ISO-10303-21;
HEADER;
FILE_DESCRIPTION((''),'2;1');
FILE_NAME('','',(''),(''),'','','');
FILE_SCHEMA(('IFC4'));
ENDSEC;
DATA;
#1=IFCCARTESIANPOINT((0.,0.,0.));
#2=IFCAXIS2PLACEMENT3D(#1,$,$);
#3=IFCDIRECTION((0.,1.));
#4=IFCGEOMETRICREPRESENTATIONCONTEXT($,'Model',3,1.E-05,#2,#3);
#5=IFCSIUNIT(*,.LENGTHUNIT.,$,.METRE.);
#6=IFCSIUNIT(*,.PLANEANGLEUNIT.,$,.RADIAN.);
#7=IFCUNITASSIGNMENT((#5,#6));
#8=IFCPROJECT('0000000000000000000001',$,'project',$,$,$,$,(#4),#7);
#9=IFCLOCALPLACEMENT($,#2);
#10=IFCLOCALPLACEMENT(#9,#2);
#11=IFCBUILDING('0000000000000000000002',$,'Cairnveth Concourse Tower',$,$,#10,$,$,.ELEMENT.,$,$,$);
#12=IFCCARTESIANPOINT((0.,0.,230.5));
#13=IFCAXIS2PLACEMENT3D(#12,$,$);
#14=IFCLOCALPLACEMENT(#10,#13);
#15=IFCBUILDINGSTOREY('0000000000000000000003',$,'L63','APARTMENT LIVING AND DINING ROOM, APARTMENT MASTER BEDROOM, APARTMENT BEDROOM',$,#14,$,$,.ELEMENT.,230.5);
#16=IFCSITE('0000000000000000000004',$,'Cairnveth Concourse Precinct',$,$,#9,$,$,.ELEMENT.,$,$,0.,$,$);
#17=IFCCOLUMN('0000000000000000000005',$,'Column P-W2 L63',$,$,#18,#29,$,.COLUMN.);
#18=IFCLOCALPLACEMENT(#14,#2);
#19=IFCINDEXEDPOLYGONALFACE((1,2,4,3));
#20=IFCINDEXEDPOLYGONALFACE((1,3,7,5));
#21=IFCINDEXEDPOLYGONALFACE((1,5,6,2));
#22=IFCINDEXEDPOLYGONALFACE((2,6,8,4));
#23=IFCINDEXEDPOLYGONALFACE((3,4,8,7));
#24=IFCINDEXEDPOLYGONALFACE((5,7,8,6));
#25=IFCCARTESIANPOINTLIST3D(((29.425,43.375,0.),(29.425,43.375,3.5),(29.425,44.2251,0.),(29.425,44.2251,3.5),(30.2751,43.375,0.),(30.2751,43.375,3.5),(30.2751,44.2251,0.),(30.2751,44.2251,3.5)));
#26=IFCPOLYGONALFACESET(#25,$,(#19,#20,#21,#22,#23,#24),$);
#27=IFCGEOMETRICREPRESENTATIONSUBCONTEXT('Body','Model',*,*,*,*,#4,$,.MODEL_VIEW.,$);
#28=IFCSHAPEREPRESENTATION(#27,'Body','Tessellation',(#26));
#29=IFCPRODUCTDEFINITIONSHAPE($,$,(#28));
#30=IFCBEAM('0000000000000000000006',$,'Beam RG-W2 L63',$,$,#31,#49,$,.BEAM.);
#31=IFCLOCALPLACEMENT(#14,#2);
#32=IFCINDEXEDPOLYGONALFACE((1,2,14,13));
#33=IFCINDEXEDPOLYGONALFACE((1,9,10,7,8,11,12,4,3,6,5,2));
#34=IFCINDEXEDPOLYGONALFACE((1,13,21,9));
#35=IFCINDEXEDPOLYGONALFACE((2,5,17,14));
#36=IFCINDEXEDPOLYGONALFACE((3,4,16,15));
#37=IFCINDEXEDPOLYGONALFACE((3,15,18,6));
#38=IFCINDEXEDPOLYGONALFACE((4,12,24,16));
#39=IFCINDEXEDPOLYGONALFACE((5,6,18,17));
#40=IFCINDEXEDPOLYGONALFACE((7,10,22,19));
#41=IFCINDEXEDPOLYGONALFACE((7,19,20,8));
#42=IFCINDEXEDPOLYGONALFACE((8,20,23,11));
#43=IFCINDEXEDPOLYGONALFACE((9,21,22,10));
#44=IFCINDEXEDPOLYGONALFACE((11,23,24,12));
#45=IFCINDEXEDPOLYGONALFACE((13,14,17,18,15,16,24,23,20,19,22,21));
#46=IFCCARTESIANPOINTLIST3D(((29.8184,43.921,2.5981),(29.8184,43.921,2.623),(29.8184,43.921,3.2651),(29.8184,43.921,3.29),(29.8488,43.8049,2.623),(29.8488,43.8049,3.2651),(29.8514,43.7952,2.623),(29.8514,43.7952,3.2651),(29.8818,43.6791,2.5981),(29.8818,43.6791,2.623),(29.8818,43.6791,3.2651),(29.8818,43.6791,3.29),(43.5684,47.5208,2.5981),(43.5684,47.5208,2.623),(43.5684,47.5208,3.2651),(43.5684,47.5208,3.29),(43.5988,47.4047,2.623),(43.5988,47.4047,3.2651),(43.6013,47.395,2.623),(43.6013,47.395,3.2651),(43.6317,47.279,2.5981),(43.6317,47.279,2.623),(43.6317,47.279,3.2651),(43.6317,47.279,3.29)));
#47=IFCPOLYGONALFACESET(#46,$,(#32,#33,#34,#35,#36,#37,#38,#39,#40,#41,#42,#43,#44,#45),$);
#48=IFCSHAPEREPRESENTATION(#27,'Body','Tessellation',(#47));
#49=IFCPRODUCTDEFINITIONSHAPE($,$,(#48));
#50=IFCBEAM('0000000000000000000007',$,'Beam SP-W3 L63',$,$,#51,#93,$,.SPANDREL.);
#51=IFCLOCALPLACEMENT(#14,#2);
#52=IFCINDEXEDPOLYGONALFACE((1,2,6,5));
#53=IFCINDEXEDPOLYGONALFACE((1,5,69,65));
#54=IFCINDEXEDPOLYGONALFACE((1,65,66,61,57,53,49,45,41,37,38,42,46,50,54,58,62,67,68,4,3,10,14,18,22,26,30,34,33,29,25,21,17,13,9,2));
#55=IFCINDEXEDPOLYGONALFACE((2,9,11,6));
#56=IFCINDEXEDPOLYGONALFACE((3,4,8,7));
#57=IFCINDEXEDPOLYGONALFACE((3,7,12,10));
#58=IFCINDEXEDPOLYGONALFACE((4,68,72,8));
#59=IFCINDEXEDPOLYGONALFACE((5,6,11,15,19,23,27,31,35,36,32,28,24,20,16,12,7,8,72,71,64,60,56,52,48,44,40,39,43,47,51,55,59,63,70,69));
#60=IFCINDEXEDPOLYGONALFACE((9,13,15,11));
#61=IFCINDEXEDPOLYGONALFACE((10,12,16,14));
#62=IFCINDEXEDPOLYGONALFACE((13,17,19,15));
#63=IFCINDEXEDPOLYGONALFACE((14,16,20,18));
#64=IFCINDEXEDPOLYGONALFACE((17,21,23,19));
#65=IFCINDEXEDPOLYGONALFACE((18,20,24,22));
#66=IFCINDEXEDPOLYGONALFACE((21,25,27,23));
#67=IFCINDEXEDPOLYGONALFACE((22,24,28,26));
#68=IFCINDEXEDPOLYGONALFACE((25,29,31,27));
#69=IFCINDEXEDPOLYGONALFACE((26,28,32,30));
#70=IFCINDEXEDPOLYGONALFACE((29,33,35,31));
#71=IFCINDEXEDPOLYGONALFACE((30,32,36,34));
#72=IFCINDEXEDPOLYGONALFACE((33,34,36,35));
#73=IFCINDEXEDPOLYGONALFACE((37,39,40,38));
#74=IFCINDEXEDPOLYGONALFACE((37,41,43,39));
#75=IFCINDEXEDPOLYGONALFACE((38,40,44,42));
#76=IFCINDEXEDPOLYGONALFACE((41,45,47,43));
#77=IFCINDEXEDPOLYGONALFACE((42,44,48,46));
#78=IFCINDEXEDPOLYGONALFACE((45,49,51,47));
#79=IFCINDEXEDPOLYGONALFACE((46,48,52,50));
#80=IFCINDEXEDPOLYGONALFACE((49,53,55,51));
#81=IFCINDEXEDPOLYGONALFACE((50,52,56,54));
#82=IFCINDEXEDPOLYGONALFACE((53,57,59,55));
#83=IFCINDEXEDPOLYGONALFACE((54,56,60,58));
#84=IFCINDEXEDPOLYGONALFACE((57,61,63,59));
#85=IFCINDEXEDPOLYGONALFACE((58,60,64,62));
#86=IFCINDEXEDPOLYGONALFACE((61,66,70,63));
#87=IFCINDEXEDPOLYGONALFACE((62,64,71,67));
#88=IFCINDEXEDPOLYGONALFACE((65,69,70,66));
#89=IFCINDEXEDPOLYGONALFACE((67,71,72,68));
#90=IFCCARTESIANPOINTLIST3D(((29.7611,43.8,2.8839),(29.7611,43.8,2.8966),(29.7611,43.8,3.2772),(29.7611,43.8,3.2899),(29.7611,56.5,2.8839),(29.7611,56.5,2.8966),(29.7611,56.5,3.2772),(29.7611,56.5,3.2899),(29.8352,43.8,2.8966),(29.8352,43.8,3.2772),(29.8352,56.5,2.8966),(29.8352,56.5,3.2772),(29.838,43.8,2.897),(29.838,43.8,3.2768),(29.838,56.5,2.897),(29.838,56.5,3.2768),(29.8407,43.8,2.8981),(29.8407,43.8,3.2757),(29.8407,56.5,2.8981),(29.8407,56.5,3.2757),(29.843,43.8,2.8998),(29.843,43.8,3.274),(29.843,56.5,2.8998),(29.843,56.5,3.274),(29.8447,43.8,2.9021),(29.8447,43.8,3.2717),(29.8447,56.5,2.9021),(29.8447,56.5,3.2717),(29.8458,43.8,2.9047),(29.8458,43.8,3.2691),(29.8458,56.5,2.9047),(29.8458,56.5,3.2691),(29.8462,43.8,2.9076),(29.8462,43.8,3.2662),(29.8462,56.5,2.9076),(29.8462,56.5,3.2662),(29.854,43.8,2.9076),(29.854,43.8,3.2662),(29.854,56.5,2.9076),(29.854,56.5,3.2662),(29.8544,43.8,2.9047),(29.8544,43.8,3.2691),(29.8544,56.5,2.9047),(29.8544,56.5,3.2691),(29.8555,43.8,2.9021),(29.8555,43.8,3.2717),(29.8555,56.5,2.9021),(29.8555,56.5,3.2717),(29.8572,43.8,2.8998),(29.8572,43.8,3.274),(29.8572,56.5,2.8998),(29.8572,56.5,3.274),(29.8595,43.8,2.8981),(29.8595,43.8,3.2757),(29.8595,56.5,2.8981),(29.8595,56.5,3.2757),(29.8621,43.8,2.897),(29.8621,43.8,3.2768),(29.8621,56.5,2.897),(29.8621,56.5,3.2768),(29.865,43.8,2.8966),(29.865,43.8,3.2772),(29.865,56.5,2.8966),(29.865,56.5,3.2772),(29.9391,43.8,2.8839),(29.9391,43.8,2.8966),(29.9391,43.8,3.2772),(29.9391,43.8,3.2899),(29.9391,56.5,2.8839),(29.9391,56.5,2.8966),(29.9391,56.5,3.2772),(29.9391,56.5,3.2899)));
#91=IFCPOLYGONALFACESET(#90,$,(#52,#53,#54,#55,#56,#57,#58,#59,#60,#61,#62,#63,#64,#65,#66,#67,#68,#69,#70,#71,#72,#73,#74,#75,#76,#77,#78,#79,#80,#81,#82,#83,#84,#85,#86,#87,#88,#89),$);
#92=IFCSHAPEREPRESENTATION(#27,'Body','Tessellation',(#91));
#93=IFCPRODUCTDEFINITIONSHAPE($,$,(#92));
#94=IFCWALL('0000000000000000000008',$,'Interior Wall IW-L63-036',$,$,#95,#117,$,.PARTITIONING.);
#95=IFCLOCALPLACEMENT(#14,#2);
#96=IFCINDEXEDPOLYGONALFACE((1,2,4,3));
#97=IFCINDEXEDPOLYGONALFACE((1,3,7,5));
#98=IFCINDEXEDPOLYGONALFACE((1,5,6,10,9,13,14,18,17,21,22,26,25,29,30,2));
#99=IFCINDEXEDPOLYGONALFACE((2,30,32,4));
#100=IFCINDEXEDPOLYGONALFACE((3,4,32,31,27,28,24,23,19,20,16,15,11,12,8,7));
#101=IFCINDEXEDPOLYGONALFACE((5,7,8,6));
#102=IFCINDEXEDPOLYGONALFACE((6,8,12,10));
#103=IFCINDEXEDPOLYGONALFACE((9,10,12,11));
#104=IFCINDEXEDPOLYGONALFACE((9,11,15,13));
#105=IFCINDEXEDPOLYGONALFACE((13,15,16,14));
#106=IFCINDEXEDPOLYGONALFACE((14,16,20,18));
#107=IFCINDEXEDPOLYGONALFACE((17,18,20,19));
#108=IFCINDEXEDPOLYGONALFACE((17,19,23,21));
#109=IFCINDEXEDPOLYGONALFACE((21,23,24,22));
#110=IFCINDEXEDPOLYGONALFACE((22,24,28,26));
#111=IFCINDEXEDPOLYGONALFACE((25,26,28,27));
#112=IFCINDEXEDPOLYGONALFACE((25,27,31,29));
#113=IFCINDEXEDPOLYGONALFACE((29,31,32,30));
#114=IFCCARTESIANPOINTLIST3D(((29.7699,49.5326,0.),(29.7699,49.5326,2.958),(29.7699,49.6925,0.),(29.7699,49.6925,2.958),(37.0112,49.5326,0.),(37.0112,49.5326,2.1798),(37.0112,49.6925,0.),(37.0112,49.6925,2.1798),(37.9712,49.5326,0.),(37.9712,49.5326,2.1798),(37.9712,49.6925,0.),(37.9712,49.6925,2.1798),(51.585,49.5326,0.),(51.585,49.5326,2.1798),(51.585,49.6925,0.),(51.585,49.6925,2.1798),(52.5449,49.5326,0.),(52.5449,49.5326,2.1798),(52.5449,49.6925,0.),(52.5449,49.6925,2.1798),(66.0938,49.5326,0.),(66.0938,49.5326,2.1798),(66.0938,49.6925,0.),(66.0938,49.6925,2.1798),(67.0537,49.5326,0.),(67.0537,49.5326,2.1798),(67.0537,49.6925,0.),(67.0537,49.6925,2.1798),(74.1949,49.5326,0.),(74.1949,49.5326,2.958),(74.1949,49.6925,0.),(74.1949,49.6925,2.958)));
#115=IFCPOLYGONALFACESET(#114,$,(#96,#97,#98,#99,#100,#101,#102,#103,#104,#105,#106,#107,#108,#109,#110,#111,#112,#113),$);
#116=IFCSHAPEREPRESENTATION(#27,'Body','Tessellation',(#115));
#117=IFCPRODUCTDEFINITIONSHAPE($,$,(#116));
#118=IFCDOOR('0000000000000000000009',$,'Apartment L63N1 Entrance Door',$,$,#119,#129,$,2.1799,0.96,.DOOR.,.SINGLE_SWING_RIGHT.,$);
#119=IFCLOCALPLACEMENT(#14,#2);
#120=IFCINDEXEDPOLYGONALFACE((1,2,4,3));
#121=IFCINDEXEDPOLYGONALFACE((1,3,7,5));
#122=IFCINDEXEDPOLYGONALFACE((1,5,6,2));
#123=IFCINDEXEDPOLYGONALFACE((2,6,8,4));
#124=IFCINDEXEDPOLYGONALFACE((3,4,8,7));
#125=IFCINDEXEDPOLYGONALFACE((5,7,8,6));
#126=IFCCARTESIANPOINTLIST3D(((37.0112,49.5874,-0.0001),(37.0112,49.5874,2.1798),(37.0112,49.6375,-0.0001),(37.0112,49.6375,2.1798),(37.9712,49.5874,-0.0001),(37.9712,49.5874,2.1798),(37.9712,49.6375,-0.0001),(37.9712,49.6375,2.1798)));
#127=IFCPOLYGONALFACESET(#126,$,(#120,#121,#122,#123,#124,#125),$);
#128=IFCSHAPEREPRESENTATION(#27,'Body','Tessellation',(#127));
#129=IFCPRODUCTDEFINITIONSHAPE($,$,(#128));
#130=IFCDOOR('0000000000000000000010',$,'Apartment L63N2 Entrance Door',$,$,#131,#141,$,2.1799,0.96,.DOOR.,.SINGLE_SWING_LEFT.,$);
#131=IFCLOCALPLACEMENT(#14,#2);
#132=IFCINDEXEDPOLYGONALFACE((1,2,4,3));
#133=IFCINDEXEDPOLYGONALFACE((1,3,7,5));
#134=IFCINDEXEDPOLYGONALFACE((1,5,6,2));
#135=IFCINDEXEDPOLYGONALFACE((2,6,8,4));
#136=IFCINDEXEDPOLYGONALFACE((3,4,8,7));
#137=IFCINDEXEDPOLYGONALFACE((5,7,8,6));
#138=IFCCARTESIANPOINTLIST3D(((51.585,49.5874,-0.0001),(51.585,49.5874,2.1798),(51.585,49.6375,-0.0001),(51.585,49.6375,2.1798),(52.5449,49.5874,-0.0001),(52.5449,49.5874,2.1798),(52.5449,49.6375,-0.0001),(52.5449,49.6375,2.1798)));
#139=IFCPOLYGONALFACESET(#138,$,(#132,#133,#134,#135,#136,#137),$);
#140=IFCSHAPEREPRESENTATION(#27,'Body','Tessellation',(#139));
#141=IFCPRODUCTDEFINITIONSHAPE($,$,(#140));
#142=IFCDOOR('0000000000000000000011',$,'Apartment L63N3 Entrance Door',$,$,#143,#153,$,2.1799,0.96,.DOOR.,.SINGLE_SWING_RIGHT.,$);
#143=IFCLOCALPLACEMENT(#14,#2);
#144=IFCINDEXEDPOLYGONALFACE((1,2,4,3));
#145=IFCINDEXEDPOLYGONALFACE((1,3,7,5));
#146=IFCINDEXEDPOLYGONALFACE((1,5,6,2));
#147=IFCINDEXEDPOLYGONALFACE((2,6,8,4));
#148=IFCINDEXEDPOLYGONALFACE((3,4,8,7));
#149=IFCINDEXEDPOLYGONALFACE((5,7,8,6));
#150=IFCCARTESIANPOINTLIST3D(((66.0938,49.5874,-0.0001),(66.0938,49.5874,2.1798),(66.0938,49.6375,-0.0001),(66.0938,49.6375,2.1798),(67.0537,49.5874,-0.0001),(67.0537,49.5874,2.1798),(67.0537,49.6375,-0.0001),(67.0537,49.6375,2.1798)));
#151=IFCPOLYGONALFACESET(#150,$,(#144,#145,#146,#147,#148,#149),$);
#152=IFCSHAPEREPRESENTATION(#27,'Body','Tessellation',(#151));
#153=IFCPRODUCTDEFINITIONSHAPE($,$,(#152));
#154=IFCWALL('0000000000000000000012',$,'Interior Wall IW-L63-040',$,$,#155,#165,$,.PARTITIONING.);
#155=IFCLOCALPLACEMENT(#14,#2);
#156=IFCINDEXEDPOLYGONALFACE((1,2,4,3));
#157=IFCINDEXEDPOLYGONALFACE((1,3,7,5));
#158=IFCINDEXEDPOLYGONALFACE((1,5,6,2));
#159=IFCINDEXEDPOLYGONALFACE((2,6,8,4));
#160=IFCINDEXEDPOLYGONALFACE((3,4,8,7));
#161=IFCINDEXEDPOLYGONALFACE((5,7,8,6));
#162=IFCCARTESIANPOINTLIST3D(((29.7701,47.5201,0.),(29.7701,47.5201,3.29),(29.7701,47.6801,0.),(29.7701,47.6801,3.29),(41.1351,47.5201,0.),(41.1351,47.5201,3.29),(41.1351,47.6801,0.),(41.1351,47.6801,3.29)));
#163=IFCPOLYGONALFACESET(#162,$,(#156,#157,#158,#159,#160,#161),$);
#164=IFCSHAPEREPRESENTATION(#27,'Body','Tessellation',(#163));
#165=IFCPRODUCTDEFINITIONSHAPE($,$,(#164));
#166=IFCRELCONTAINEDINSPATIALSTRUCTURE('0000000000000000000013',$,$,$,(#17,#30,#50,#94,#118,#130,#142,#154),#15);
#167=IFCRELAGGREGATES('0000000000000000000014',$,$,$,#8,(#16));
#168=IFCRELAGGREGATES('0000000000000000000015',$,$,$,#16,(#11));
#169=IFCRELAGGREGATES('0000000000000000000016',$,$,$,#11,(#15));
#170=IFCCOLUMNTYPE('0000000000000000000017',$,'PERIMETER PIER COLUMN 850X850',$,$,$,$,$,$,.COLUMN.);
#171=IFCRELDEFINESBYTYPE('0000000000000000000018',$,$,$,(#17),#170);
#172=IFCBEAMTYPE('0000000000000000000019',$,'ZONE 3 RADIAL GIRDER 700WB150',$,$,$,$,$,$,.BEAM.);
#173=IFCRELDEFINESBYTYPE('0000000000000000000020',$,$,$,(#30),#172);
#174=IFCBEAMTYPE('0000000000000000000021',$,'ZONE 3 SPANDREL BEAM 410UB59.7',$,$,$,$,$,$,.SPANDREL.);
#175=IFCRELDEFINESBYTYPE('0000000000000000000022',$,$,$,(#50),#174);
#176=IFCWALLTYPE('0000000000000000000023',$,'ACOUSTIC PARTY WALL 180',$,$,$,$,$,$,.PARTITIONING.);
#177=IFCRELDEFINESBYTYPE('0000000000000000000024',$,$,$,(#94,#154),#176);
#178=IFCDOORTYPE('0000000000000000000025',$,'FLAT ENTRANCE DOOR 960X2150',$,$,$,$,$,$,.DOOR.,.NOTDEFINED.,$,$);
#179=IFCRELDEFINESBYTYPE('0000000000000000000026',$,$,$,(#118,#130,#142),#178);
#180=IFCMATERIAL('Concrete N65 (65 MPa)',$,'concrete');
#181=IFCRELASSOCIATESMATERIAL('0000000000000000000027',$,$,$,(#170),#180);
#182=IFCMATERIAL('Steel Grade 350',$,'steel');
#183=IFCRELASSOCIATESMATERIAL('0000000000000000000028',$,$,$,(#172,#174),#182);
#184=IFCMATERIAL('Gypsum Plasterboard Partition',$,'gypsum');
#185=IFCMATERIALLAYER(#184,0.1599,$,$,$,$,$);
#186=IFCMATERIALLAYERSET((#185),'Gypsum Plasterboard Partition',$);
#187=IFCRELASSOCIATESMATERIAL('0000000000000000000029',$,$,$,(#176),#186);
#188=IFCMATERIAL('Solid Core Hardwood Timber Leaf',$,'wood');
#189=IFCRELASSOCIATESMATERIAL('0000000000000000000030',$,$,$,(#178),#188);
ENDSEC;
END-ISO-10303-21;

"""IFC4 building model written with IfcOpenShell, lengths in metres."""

from ifc_helpers import new_model, si_unit, direction, frame, frame_2d, origin, origin_2d, place, context, subcontext, project, spatial, rectangle, i_section, extrude, material, layer, layer_set, material_profile, profile_set, type_object, element, fill, save


model = new_model("IFC4")

# Units and contexts
model_context = context("Model", 3, precision=1e-05, world=origin(), true_north=direction((0.0, 1.0)))
body_context = subcontext(model_context, "Body", "Model", "MODEL_VIEW")
ifc_project = project(units=[si_unit("LENGTHUNIT", "METRE"), si_unit("PLANEANGLEUNIT", "RADIAN")], contexts=[model_context])

# Site, building, storey
site_placement = place(None, origin())
site = spatial("IfcSite", under=ifc_project, at=site_placement, Name="Cairnveth Concourse Precinct", CompositionType="ELEMENT", RefElevation=0.0)
building_placement = place(site_placement, origin())
building = spatial("IfcBuilding", under=site, at=building_placement, Name="Cairnveth Concourse Tower", CompositionType="ELEMENT")
storey_placement = place(building_placement, frame((0.0, 0.0, 230.5)))
storey = spatial("IfcBuildingStorey", under=building, at=storey_placement, Name="L63", Description="APARTMENT LIVING AND DINING ROOM, APARTMENT MASTER BEDROOM, APARTMENT BEDROOM", CompositionType="ELEMENT", Elevation=230.5)

# Column
ifc_material_1 = material(Name="Concrete N65 (65 MPa)", Category="concrete")
ifc_material_profile_1 = material_profile(ifc_material_1, rectangle(XDim=0.8501, YDim=0.8501, at=origin_2d()), Name="RC-COL-850x850")
ifc_profile_set_1 = profile_set([ifc_material_profile_1], Name="Concrete N65 (65 MPa)")
column_type = type_object("IfcColumnType", Name="PERIMETER PIER COLUMN 850X850", PredefinedType="COLUMN", material=ifc_profile_set_1)
column_placement = place(storey_placement, frame((29.8501, 43.8, 0.0), z_axis=(0.0, 0.0, 1.0), x_axis=(0.0, 1.0, 0.0)))
element("IfcColumn", 1, at=column_placement, inside=storey, type_object=column_type, Name="Column P-W2 L63", PredefinedType="COLUMN", context=body_context, shape_type="SweptSolid", body=[
    extrude(rectangle(XDim=0.8501, YDim=0.8501, at=origin_2d()), origin(), (0.0, 0.0, 1.0), 3.5),
])

# Beams
ifc_material_2 = material(Name="Steel Grade 350", Category="steel")
ifc_material_profile_2 = material_profile(ifc_material_2, i_section(OverallWidth=0.25, OverallDepth=0.6919, WebThickness=0.01, FlangeThickness=0.0249, at=origin_2d()), Name="700WB150")
ifc_profile_set_2 = profile_set([ifc_material_profile_2], Name="Steel Grade 350")
beam_type_1 = type_object("IfcBeamType", Name="ZONE 3 RADIAL GIRDER 700WB150", PredefinedType="BEAM", material=ifc_profile_set_2)
beam_1_placement = place(storey_placement, frame((29.8501, 43.8, 2.9441), z_axis=(0.967395, 0.253271, 0.0), x_axis=(-0.253271, 0.967395, 0.0)))
element("IfcBeam", 2, at=beam_1_placement, inside=storey, type_object=beam_type_1, Name="Beam RG-W2 L63", PredefinedType="BEAM", context=body_context, shape_type="SweptSolid", body=[
    extrude(i_section(OverallWidth=0.25, OverallDepth=0.6919, WebThickness=0.01, FlangeThickness=0.0249, at=origin_2d()), origin(), (0.0, 0.0, 1.0), 14.2134),
])
ifc_material_profile_3 = material_profile(ifc_material_2, i_section(OverallWidth=0.178, OverallDepth=0.406, WebThickness=0.0078, FlangeThickness=0.0127, FilletRadius=0.011, at=origin_2d()), Name="410UB59.7")
ifc_profile_set_3 = profile_set([ifc_material_profile_3], Name="Steel Grade 350")
beam_type_2 = type_object("IfcBeamType", Name="ZONE 3 SPANDREL BEAM 410UB59.7", PredefinedType="SPANDREL", material=ifc_profile_set_3)
beam_2_placement = place(storey_placement, frame((29.8501, 43.8, 3.0869), z_axis=(0.0, 1.0, 0.0), x_axis=(-1.0, 0.0, 0.0)))
element("IfcBeam", 3, at=beam_2_placement, inside=storey, type_object=beam_type_2, Name="Beam SP-W3 L63", PredefinedType="SPANDREL", context=body_context, shape_type="SweptSolid", body=[
    extrude(i_section(OverallWidth=0.178, OverallDepth=0.406, WebThickness=0.0078, FlangeThickness=0.0127, FilletRadius=0.011, at=origin_2d()), origin(), (0.0, 0.0, 1.0), 12.7),
])

# Wall, openings, doors
ifc_material_3 = material(Name="Gypsum Plasterboard Partition", Category="gypsum")
ifc_layer_1 = layer(ifc_material_3, 0.1599)
ifc_layer_set_1 = layer_set([ifc_layer_1], Name="Gypsum Plasterboard Partition")
wall_type_1 = type_object("IfcWallType", Name="ACOUSTIC PARTY WALL 180", PredefinedType="PARTITIONING", material=ifc_layer_set_1)
wall_1_placement = place(storey_placement, frame((29.77, 49.6125, 0.0), z_axis=(0.0, 0.0, 1.0), x_axis=(1.0, 0.0, 0.0)))
wall_1 = element("IfcWall", 4, at=wall_1_placement, inside=storey, type_object=wall_type_1, Name="Interior Wall IW-L63-036", PredefinedType="PARTITIONING", context=body_context, shape_type="SweptSolid", body=[
    extrude(rectangle(XDim=44.425, YDim=0.1599, at=frame_2d((22.2124, 0.0))), origin(), (0.0, 0.0, 1.0), 2.958),
])
opening_1_placement = place(wall_1_placement, frame((7.2412, 0.0, 0.0)))
opening_1 = element("IfcOpeningElement", 5, at=opening_1_placement, cuts=wall_1, PredefinedType="OPENING", context=body_context, shape_type="SweptSolid", body=[
    extrude(rectangle(XDim=0.96, YDim=2.1799, at=frame_2d((0.48, 1.0898))), frame((0.0, 0.0898, 0.0), z_axis=(0.0, -1.0, 0.0), x_axis=(1.0, 0.0, 0.0)), (0.0, 0.0, 1.0), 0.1799),
])
opening_2_placement = place(wall_1_placement, frame((21.8149, 0.0, 0.0)))
opening_2 = element("IfcOpeningElement", 6, at=opening_2_placement, cuts=wall_1, PredefinedType="OPENING", context=body_context, shape_type="SweptSolid", body=[
    extrude(rectangle(XDim=0.96, YDim=2.1799, at=frame_2d((0.48, 1.0898))), frame((0.0, 0.0898, 0.0), z_axis=(0.0, -1.0, 0.0), x_axis=(1.0, 0.0, 0.0)), (0.0, 0.0, 1.0), 0.1799),
])
opening_3_placement = place(wall_1_placement, frame((36.3237, 0.0, 0.0)))
opening_3 = element("IfcOpeningElement", 7, at=opening_3_placement, cuts=wall_1, PredefinedType="OPENING", context=body_context, shape_type="SweptSolid", body=[
    extrude(rectangle(XDim=0.96, YDim=2.1799, at=frame_2d((0.48, 1.0898))), frame((0.0, 0.0898, 0.0), z_axis=(0.0, -1.0, 0.0), x_axis=(1.0, 0.0, 0.0)), (0.0, 0.0, 1.0), 0.1799),
])
ifc_material_4 = material(Name="Solid Core Hardwood Timber Leaf", Category="wood")
door_type_1 = type_object("IfcDoorType", Name="FLAT ENTRANCE DOOR 960X2150", OperationType="NOTDEFINED", PredefinedType="DOOR", material=ifc_material_4)
door_1_placement = place(opening_1_placement, origin())
door_1 = element("IfcDoor", 8, at=door_1_placement, inside=storey, type_object=door_type_1, Name="Apartment L63N1 Entrance Door", OperationType="SINGLE_SWING_RIGHT", OverallHeight=2.1799, OverallWidth=0.96, PredefinedType="DOOR", context=body_context, shape_type="SweptSolid", body=[
    extrude(rectangle(XDim=0.96, YDim=2.1799, at=frame_2d((0.48, 1.0898))), frame((0.0, 0.0249, 0.0), z_axis=(0.0, -1.0, 0.0), x_axis=(1.0, 0.0, 0.0)), (0.0, 0.0, 1.0), 0.05),
])
fill(opening_1, door_1)
door_2_placement = place(opening_2_placement, origin())
door_2 = element("IfcDoor", 9, at=door_2_placement, inside=storey, type_object=door_type_1, Name="Apartment L63N2 Entrance Door", OperationType="SINGLE_SWING_LEFT", OverallHeight=2.1799, OverallWidth=0.96, PredefinedType="DOOR", context=body_context, shape_type="SweptSolid", body=[
    extrude(rectangle(XDim=0.96, YDim=2.1799, at=frame_2d((0.48, 1.0898))), frame((0.0, 0.0249, 0.0), z_axis=(0.0, -1.0, 0.0), x_axis=(1.0, 0.0, 0.0)), (0.0, 0.0, 1.0), 0.05),
])
fill(opening_2, door_2)
door_3_placement = place(opening_3_placement, origin())
door_3 = element("IfcDoor", 10, at=door_3_placement, inside=storey, type_object=door_type_1, Name="Apartment L63N3 Entrance Door", OperationType="SINGLE_SWING_RIGHT", OverallHeight=2.1799, OverallWidth=0.96, PredefinedType="DOOR", context=body_context, shape_type="SweptSolid", body=[
    extrude(rectangle(XDim=0.96, YDim=2.1799, at=frame_2d((0.48, 1.0898))), frame((0.0, 0.0249, 0.0), z_axis=(0.0, -1.0, 0.0), x_axis=(1.0, 0.0, 0.0)), (0.0, 0.0, 1.0), 0.05),
])
fill(opening_3, door_3)

# Wall
wall_2_placement = place(storey_placement, frame((29.77, 47.6001, 0.0), z_axis=(0.0, 0.0, 1.0), x_axis=(1.0, 0.0, 0.0)))
element("IfcWall", 11, at=wall_2_placement, inside=storey, type_object=wall_type_1, Name="Interior Wall IW-L63-040", PredefinedType="PARTITIONING", context=body_context, shape_type="SweptSolid", body=[
    extrude(rectangle(XDim=11.365, YDim=0.1599, at=frame_2d((5.6826, 0.0))), origin(), (0.0, 0.0, 1.0), 3.29),
])

save(model, "model.ifc")
